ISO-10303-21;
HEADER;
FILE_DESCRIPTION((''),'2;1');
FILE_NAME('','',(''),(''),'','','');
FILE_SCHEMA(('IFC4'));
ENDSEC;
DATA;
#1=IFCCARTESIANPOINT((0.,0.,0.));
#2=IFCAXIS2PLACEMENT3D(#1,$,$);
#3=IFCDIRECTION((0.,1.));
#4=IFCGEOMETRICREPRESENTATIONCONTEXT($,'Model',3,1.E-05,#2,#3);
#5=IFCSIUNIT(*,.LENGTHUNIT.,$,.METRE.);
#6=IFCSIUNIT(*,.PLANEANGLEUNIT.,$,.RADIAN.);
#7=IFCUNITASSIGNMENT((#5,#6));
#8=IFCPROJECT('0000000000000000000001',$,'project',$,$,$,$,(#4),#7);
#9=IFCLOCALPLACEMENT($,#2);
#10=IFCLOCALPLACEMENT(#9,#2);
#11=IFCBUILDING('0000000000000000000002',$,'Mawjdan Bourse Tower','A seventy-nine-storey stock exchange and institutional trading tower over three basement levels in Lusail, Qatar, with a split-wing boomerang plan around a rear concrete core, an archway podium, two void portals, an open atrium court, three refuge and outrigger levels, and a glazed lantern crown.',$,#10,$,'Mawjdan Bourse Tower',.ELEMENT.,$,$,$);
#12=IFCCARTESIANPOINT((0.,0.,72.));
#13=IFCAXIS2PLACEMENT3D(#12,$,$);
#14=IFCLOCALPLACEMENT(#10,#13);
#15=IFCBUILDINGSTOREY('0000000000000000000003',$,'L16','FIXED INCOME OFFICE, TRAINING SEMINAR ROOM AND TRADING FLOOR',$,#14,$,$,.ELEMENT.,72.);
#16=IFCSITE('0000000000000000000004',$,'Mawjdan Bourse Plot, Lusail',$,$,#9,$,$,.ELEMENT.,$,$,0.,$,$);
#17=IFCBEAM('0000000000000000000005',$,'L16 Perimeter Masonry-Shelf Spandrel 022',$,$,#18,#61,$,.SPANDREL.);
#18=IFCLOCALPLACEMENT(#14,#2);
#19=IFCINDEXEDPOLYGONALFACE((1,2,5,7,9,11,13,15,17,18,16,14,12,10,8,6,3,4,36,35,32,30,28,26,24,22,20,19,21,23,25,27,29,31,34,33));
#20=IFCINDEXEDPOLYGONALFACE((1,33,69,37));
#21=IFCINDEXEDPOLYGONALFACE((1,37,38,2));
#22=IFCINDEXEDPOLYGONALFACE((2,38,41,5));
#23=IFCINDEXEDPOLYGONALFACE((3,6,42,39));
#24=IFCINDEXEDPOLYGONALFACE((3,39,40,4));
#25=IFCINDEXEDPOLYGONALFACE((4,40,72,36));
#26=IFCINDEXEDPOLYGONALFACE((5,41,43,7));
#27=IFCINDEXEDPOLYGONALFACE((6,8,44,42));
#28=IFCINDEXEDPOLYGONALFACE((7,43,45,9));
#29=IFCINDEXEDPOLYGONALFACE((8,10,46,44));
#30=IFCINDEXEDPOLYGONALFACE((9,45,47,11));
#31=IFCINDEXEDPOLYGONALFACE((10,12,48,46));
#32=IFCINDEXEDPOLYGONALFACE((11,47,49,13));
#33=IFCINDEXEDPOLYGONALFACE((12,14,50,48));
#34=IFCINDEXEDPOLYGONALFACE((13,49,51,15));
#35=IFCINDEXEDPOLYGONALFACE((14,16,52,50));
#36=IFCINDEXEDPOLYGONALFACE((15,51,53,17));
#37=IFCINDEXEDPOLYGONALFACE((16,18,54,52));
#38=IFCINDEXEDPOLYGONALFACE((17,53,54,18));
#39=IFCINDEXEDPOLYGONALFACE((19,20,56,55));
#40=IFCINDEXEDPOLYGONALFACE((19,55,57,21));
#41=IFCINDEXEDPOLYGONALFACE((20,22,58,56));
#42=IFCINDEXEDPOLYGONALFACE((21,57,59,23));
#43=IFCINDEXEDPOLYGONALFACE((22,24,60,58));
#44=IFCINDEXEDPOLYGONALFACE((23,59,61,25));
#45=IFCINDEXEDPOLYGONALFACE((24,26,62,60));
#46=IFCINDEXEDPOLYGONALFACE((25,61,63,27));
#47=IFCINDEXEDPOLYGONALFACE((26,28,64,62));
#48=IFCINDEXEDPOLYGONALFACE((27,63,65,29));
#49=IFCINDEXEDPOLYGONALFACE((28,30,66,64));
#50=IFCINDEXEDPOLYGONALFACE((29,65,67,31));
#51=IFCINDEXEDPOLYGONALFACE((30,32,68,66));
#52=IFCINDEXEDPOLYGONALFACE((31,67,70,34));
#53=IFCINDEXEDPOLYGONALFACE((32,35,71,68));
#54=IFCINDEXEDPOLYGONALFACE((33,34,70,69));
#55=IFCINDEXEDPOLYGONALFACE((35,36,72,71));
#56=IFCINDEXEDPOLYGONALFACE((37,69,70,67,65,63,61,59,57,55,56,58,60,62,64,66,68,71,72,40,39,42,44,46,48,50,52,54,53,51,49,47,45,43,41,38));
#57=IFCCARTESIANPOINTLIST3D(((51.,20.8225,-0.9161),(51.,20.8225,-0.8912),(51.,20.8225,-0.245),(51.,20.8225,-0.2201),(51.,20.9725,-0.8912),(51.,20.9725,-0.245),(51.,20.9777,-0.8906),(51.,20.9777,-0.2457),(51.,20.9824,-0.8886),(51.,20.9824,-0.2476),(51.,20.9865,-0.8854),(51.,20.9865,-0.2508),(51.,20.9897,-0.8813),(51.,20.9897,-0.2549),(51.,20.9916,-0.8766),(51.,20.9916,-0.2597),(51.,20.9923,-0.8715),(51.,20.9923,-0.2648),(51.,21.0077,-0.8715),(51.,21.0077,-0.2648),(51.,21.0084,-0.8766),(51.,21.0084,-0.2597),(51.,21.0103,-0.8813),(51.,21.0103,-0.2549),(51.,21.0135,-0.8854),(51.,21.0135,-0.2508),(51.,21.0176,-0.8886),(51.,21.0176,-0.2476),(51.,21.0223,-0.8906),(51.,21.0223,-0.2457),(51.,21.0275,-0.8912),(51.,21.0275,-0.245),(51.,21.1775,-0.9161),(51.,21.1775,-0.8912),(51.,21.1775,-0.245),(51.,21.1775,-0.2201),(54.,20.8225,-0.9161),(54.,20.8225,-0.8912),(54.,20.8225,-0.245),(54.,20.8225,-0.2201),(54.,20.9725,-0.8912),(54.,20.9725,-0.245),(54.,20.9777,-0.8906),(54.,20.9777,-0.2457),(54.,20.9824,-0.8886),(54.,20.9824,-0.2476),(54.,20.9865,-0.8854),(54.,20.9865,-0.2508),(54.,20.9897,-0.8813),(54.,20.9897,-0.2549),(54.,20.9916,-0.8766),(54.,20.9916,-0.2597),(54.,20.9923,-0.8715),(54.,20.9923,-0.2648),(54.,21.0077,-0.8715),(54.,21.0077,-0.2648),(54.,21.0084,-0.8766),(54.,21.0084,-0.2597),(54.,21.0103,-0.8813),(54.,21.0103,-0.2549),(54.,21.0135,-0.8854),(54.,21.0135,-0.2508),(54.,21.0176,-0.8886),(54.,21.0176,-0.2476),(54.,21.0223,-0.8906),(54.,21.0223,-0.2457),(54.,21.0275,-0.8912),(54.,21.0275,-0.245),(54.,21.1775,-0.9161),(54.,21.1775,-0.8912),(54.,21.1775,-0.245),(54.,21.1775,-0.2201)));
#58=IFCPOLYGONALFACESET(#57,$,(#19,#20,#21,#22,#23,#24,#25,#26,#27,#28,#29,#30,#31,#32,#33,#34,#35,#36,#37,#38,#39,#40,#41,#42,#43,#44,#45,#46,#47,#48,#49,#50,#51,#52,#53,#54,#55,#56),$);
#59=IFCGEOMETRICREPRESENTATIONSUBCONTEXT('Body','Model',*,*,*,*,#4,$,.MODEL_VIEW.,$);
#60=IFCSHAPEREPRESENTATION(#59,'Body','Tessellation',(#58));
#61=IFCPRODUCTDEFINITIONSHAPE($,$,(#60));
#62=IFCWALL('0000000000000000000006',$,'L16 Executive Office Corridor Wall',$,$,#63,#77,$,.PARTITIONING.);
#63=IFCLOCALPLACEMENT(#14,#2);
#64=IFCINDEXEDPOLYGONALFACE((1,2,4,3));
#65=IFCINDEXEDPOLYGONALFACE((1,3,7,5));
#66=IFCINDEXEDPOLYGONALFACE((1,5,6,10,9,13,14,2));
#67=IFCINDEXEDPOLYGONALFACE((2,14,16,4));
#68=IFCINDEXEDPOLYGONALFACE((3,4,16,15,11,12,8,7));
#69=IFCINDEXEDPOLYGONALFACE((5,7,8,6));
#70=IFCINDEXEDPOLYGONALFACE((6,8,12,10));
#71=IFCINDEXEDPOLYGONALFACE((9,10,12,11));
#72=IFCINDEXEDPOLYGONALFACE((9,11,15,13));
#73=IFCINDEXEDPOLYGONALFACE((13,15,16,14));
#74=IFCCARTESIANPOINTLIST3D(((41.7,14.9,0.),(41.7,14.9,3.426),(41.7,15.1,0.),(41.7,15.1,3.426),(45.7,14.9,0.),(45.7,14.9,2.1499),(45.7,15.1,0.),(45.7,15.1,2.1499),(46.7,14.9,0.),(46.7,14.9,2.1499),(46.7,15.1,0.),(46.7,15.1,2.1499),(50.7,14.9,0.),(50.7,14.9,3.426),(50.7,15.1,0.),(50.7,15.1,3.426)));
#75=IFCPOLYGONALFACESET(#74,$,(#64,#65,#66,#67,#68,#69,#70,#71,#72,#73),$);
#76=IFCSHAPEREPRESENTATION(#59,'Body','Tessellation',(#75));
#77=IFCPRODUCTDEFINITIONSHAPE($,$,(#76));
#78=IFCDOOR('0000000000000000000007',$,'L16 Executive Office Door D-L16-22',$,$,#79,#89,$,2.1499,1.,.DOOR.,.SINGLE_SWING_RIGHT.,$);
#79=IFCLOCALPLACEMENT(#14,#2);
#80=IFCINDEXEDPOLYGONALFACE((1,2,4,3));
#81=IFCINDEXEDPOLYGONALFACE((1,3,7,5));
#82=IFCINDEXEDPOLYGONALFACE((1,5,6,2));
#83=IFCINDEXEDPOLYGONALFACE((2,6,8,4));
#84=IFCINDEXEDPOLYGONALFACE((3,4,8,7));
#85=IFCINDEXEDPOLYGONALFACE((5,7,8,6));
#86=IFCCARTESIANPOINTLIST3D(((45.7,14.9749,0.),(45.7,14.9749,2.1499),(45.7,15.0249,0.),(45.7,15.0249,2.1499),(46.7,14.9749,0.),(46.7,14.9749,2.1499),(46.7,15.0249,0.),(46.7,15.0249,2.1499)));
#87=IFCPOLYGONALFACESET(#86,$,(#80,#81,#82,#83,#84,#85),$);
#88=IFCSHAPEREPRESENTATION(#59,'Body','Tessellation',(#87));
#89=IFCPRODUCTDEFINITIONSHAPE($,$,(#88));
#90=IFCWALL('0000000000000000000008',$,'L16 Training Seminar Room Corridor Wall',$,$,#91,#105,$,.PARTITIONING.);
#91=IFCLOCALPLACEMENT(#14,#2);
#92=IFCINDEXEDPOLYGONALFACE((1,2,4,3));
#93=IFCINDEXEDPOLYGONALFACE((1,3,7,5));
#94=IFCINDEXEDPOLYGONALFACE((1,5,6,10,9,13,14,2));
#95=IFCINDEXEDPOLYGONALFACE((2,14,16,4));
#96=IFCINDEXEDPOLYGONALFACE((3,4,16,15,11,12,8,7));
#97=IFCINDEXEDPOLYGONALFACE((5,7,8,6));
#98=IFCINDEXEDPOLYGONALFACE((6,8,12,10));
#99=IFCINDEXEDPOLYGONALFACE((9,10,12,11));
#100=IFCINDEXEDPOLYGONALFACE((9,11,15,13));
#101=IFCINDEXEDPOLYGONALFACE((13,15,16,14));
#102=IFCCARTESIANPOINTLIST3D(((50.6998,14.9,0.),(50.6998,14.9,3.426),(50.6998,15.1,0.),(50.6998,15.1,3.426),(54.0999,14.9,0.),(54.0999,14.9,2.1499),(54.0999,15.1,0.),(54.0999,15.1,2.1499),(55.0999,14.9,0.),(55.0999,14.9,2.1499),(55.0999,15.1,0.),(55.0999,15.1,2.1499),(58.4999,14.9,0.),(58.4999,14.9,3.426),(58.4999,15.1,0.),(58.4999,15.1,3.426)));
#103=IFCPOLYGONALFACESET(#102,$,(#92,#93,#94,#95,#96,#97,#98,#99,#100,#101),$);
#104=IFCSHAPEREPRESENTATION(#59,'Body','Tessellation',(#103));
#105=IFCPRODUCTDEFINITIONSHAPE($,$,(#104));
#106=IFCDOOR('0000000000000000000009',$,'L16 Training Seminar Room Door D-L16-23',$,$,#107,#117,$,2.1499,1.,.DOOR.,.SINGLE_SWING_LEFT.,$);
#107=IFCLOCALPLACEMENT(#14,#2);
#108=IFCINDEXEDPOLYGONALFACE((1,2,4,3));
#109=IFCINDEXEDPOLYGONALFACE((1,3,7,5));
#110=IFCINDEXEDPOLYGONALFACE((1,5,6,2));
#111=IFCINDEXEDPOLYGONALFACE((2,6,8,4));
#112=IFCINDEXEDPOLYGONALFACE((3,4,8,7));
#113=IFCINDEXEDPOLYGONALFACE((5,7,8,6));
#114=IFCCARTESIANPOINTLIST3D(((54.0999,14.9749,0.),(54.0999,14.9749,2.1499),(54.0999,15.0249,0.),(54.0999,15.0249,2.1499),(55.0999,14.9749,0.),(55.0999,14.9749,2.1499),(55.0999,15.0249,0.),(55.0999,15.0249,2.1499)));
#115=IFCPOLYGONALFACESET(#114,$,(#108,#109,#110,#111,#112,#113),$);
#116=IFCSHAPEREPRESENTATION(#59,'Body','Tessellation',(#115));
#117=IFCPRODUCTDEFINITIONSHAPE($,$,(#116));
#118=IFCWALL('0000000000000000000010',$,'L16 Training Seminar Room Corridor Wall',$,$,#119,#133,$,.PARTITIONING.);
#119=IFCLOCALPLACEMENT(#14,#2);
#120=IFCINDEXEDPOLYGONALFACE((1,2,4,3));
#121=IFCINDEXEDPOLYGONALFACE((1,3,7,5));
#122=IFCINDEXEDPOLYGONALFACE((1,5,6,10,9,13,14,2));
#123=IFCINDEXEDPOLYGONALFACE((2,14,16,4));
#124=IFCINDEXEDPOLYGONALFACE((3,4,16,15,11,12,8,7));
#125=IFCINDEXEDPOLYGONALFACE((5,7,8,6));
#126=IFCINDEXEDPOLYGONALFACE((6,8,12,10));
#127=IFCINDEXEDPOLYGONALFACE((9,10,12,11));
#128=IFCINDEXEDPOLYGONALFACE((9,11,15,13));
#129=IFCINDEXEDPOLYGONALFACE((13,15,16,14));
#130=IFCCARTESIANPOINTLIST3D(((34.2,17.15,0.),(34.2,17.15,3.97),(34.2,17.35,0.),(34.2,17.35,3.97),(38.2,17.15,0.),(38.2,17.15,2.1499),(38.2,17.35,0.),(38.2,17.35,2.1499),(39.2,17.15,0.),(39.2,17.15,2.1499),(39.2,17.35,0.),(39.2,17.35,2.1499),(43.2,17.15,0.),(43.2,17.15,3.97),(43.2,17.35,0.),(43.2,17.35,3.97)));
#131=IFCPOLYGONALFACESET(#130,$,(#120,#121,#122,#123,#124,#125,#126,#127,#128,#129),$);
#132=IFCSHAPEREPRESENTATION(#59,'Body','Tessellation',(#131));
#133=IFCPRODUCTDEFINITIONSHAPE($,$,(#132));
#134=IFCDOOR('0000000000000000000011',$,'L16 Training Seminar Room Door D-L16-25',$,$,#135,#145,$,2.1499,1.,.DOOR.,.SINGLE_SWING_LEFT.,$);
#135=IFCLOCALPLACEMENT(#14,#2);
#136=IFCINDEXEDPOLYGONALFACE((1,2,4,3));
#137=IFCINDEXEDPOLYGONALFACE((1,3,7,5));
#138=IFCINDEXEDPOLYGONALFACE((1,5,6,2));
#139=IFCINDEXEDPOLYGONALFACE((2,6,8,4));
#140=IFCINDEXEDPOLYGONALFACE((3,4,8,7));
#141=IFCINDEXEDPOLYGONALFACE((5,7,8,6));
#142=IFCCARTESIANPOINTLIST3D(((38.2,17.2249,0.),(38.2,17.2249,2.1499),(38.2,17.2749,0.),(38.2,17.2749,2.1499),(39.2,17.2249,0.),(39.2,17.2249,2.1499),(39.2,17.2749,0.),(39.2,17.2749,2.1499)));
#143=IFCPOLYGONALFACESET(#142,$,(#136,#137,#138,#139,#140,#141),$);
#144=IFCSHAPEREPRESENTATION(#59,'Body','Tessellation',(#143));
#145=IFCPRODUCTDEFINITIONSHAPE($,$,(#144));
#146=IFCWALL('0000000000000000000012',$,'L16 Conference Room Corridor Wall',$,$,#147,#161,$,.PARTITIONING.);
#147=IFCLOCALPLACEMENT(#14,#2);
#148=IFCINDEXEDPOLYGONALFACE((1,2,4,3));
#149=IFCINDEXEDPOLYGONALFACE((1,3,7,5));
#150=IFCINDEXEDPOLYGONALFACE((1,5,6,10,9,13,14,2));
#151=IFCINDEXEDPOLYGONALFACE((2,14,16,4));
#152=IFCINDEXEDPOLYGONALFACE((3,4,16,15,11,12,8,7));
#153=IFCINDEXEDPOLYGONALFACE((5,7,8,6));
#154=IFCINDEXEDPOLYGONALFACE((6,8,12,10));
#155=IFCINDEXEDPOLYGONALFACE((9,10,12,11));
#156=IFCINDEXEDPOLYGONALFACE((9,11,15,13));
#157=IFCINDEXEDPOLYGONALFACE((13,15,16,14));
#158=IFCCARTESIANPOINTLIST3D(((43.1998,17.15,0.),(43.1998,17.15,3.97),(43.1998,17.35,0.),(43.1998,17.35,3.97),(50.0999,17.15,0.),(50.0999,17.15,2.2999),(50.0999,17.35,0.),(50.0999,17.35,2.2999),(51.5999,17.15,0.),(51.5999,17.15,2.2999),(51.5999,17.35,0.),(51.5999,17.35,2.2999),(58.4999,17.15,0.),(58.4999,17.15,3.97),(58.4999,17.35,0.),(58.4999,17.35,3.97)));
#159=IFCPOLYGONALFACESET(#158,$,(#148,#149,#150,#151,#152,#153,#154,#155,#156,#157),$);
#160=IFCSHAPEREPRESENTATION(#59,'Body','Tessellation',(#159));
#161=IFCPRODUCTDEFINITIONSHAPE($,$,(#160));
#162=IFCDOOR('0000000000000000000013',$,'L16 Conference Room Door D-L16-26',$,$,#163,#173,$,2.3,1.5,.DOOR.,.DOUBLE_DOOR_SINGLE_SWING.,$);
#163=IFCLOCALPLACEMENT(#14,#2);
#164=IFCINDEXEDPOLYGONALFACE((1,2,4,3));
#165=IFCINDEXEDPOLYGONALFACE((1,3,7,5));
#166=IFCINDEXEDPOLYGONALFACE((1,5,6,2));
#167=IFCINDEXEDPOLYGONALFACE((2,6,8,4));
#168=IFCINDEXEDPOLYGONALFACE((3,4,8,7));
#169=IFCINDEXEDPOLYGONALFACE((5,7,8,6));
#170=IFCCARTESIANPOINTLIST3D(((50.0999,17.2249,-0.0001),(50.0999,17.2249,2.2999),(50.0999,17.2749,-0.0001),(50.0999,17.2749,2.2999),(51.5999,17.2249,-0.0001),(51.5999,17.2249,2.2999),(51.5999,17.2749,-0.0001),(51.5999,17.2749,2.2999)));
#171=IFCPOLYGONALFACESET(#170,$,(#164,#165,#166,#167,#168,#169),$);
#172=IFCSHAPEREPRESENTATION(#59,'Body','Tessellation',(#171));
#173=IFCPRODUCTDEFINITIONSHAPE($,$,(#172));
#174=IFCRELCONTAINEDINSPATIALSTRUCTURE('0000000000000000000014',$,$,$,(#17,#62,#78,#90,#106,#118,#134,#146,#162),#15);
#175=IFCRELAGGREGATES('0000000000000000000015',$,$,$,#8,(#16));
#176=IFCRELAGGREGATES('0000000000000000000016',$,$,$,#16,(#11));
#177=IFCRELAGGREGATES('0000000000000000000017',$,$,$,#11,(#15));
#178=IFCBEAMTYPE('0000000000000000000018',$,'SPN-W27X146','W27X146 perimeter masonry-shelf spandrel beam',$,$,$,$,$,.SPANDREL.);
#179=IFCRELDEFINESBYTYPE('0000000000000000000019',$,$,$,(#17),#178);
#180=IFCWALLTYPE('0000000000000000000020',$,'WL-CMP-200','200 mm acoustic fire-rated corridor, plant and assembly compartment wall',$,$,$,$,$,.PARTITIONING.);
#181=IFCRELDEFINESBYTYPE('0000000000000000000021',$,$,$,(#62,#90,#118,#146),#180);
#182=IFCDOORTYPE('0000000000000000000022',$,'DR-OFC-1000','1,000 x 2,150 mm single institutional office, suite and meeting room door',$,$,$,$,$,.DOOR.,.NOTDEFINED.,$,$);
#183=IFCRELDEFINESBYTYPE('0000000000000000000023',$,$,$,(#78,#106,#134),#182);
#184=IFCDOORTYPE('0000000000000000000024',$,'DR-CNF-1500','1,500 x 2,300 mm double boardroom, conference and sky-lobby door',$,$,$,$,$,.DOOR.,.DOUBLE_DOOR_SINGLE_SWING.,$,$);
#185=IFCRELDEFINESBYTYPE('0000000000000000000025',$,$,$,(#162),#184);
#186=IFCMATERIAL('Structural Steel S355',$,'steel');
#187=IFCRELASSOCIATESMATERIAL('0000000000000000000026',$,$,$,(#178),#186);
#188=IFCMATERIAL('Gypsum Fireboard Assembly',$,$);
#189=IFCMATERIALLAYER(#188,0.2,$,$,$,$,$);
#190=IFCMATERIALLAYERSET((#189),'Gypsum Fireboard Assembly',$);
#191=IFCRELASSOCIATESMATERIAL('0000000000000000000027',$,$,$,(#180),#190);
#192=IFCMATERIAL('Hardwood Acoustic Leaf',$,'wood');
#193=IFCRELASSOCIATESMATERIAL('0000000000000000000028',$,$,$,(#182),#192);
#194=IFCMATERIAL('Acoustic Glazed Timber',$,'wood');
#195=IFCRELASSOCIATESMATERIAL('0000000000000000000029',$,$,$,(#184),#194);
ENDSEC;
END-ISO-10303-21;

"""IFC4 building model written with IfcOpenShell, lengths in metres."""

from ifc_helpers import new_model, si_unit, direction, frame, frame_2d, origin, origin_2d, place, context, subcontext, project, spatial, rectangle, i_section, extrude, material, layer, layer_set, material_profile, profile_set, type_object, element, fill, save


model = new_model("IFC4")

# Units and contexts
model_context = context("Model", 3, precision=1e-05, world=origin(), true_north=direction((0.0, 1.0)))
body_context = subcontext(model_context, "Body", "Model", "MODEL_VIEW")
ifc_project = project(units=[si_unit("LENGTHUNIT", "METRE"), si_unit("PLANEANGLEUNIT", "RADIAN")], contexts=[model_context])

# Site, building, storey
site_placement = place(None, origin())
site = spatial("IfcSite", under=ifc_project, at=site_placement, Name="Mawjdan Bourse Plot, Lusail", CompositionType="ELEMENT", RefElevation=0.0)
building_placement = place(site_placement, origin())
building = spatial("IfcBuilding", under=site, at=building_placement, Name="Mawjdan Bourse Tower", Description="A seventy-nine-storey stock exchange and institutional trading tower over three basement levels in Lusail, Qatar, with a split-wing boomerang plan around a rear concrete core, an archway podium, two void portals, an open atrium court, three refuge and outrigger levels, and a glazed lantern crown.", LongName="Mawjdan Bourse Tower", CompositionType="ELEMENT")
storey_placement = place(building_placement, frame((0.0, 0.0, 72.0)))
storey = spatial("IfcBuildingStorey", under=building, at=storey_placement, Name="L16", Description="FIXED INCOME OFFICE, TRAINING SEMINAR ROOM AND TRADING FLOOR", CompositionType="ELEMENT", Elevation=72.0)

# Beam
ifc_material_1 = material(Name="Structural Steel S355", Category="steel")
ifc_material_profile_1 = material_profile(ifc_material_1, i_section(OverallWidth=0.355, OverallDepth=0.696, WebThickness=0.0154, FlangeThickness=0.0249, FilletRadius=0.0198, at=origin_2d()), Name="W27X146")
ifc_profile_set_1 = profile_set([ifc_material_profile_1], Name="Structural Steel S355")
beam_type_1 = type_object("IfcBeamType", Name="SPN-W27X146", Description="W27X146 perimeter masonry-shelf spandrel beam", PredefinedType="SPANDREL", material=ifc_profile_set_1)
for number, where, z_axis, x_axis, name in (
    (1, (51.0, 21.0, -0.5681), (1.0, 0.0, 0.0), (0.0, 1.0, 0.0), "L16 Perimeter Masonry-Shelf Spandrel 022"),
):
    element("IfcBeam", number, at=place(storey_placement, frame(where, z_axis=z_axis, x_axis=x_axis)), inside=storey, type_object=beam_type_1, Name=name, PredefinedType="SPANDREL", context=body_context, shape_type="SweptSolid", body=[
        extrude(i_section(OverallWidth=0.355, OverallDepth=0.696, WebThickness=0.0154, FlangeThickness=0.0249, FilletRadius=0.0198, at=origin_2d()), origin(), (0.0, 0.0, 1.0), 3.0),
    ])

# Walls, openings, doors
ifc_material_2 = material(Name="Gypsum Fireboard Assembly")
ifc_layer_1 = layer(ifc_material_2, 0.2)
ifc_layer_set_1 = layer_set([ifc_layer_1], Name="Gypsum Fireboard Assembly")
wall_type_1 = type_object("IfcWallType", Name="WL-CMP-200", Description="200 mm acoustic fire-rated corridor, plant and assembly compartment wall", PredefinedType="PARTITIONING", material=ifc_layer_set_1)
wall_1_placement = place(storey_placement, frame((41.7, 15.0, 0.0), z_axis=(0.0, 0.0, 1.0), x_axis=(1.0, 0.0, 0.0)))
wall_1 = element("IfcWall", 2, at=wall_1_placement, inside=storey, type_object=wall_type_1, Name="L16 Executive Office Corridor Wall", PredefinedType="PARTITIONING", context=body_context, shape_type="SweptSolid", body=[
    extrude(rectangle(XDim=9.0, YDim=0.2, at=frame_2d((4.5, 0.0))), origin(), (0.0, 0.0, 1.0), 3.426),
])
opening_1_placement = place(wall_1_placement, frame((4.0, 0.0, 0.0)))
opening_1 = element("IfcOpeningElement", 3, at=opening_1_placement, cuts=wall_1, PredefinedType="OPENING", context=body_context, shape_type="SweptSolid", body=[
    extrude(rectangle(XDim=1.0, YDim=2.1499, at=frame_2d((0.5, 1.075))), frame((0.0, 0.1099, 0.0), z_axis=(0.0, -1.0, 0.0), x_axis=(1.0, 0.0, 0.0)), (0.0, 0.0, 1.0), 0.22),
])
ifc_material_3 = material(Name="Hardwood Acoustic Leaf", Category="wood")
door_type_1 = type_object("IfcDoorType", Name="DR-OFC-1000", Description="1,000 x 2,150 mm single institutional office, suite and meeting room door", OperationType="NOTDEFINED", PredefinedType="DOOR", material=ifc_material_3)
door_1_placement = place(opening_1_placement, origin())
door_1 = element("IfcDoor", 4, at=door_1_placement, inside=storey, type_object=door_type_1, Name="L16 Executive Office Door D-L16-22", OperationType="SINGLE_SWING_RIGHT", OverallHeight=2.1499, OverallWidth=1.0, PredefinedType="DOOR", context=body_context, shape_type="SweptSolid", body=[
    extrude(rectangle(XDim=1.0, YDim=2.1499, at=frame_2d((0.5, 1.075))), frame((0.0, 0.0249, 0.0), z_axis=(0.0, -1.0, 0.0), x_axis=(1.0, 0.0, 0.0)), (0.0, 0.0, 1.0), 0.05),
])
fill(opening_1, door_1)
wall_2_placement = place(storey_placement, frame((50.7, 15.0, 0.0), z_axis=(0.0, 0.0, 1.0), x_axis=(1.0, 0.0, 0.0)))
wall_2 = element("IfcWall", 5, at=wall_2_placement, inside=storey, type_object=wall_type_1, Name="L16 Training Seminar Room Corridor Wall", PredefinedType="PARTITIONING", context=body_context, shape_type="SweptSolid", body=[
    extrude(rectangle(XDim=7.8, YDim=0.2, at=frame_2d((3.8999, 0.0))), origin(), (0.0, 0.0, 1.0), 3.426),
])
opening_2_placement = place(wall_2_placement, frame((3.3999, 0.0, 0.0)))
opening_2 = element("IfcOpeningElement", 6, at=opening_2_placement, cuts=wall_2, PredefinedType="OPENING", context=body_context, shape_type="SweptSolid", body=[
    extrude(rectangle(XDim=1.0, YDim=2.1499, at=frame_2d((0.5, 1.075))), frame((0.0, 0.1099, 0.0), z_axis=(0.0, -1.0, 0.0), x_axis=(1.0, 0.0, 0.0)), (0.0, 0.0, 1.0), 0.22),
])
door_2_placement = place(opening_2_placement, origin())
door_2 = element("IfcDoor", 7, at=door_2_placement, inside=storey, type_object=door_type_1, Name="L16 Training Seminar Room Door D-L16-23", OperationType="SINGLE_SWING_LEFT", OverallHeight=2.1499, OverallWidth=1.0, PredefinedType="DOOR", context=body_context, shape_type="SweptSolid", body=[
    extrude(rectangle(XDim=1.0, YDim=2.1499, at=frame_2d((0.5, 1.075))), frame((0.0, 0.0249, 0.0), z_axis=(0.0, -1.0, 0.0), x_axis=(1.0, 0.0, 0.0)), (0.0, 0.0, 1.0), 0.05),
])
fill(opening_2, door_2)
wall_3_placement = place(storey_placement, frame((34.2, 17.25, 0.0), z_axis=(0.0, 0.0, 1.0), x_axis=(1.0, 0.0, 0.0)))
wall_3 = element("IfcWall", 8, at=wall_3_placement, inside=storey, type_object=wall_type_1, Name="L16 Training Seminar Room Corridor Wall", PredefinedType="PARTITIONING", context=body_context, shape_type="SweptSolid", body=[
    extrude(rectangle(XDim=9.0, YDim=0.2, at=frame_2d((4.5, 0.0))), origin(), (0.0, 0.0, 1.0), 3.97),
])
opening_3_placement = place(wall_3_placement, frame((4.0, 0.0, 0.0)))
opening_3 = element("IfcOpeningElement", 9, at=opening_3_placement, cuts=wall_3, PredefinedType="OPENING", context=body_context, shape_type="SweptSolid", body=[
    extrude(rectangle(XDim=1.0, YDim=2.1499, at=frame_2d((0.5, 1.075))), frame((0.0, 0.1099, 0.0), z_axis=(0.0, -1.0, 0.0), x_axis=(1.0, 0.0, 0.0)), (0.0, 0.0, 1.0), 0.22),
])
door_3_placement = place(opening_3_placement, origin())
door_3 = element("IfcDoor", 10, at=door_3_placement, inside=storey, type_object=door_type_1, Name="L16 Training Seminar Room Door D-L16-25", OperationType="SINGLE_SWING_LEFT", OverallHeight=2.1499, OverallWidth=1.0, PredefinedType="DOOR", context=body_context, shape_type="SweptSolid", body=[
    extrude(rectangle(XDim=1.0, YDim=2.1499, at=frame_2d((0.5, 1.075))), frame((0.0, 0.0249, 0.0), z_axis=(0.0, -1.0, 0.0), x_axis=(1.0, 0.0, 0.0)), (0.0, 0.0, 1.0), 0.05),
])
fill(opening_3, door_3)
wall_4_placement = place(storey_placement, frame((43.2, 17.25, 0.0), z_axis=(0.0, 0.0, 1.0), x_axis=(1.0, 0.0, 0.0)))
wall_4 = element("IfcWall", 11, at=wall_4_placement, inside=storey, type_object=wall_type_1, Name="L16 Conference Room Corridor Wall", PredefinedType="PARTITIONING", context=body_context, shape_type="SweptSolid", body=[
    extrude(rectangle(XDim=15.3, YDim=0.2, at=frame_2d((7.6499, 0.0))), origin(), (0.0, 0.0, 1.0), 3.97),
])
opening_4_placement = place(wall_4_placement, frame((6.8999, 0.0, 0.0)))
opening_4 = element("IfcOpeningElement", 12, at=opening_4_placement, cuts=wall_4, PredefinedType="OPENING", context=body_context, shape_type="SweptSolid", body=[
    extrude(rectangle(XDim=1.5, YDim=2.3, at=frame_2d((0.75, 1.1499))), frame((0.0, 0.1099, 0.0), z_axis=(0.0, -1.0, 0.0), x_axis=(1.0, 0.0, 0.0)), (0.0, 0.0, 1.0), 0.22),
])
ifc_material_4 = material(Name="Acoustic Glazed Timber", Category="wood")
door_type_2 = type_object("IfcDoorType", Name="DR-CNF-1500", Description="1,500 x 2,300 mm double boardroom, conference and sky-lobby door", OperationType="DOUBLE_DOOR_SINGLE_SWING", PredefinedType="DOOR", material=ifc_material_4)
door_4_placement = place(opening_4_placement, origin())
door_4 = element("IfcDoor", 13, at=door_4_placement, inside=storey, type_object=door_type_2, Name="L16 Conference Room Door D-L16-26", OperationType="DOUBLE_DOOR_SINGLE_SWING", OverallHeight=2.3, OverallWidth=1.5, PredefinedType="DOOR", context=body_context, shape_type="SweptSolid", body=[
    extrude(rectangle(XDim=1.5, YDim=2.3, at=frame_2d((0.75, 1.1499))), frame((0.0, 0.0249, 0.0), z_axis=(0.0, -1.0, 0.0), x_axis=(1.0, 0.0, 0.0)), (0.0, 0.0, 1.0), 0.05),
])
fill(opening_4, door_4)

save(model, "model.ifc")
